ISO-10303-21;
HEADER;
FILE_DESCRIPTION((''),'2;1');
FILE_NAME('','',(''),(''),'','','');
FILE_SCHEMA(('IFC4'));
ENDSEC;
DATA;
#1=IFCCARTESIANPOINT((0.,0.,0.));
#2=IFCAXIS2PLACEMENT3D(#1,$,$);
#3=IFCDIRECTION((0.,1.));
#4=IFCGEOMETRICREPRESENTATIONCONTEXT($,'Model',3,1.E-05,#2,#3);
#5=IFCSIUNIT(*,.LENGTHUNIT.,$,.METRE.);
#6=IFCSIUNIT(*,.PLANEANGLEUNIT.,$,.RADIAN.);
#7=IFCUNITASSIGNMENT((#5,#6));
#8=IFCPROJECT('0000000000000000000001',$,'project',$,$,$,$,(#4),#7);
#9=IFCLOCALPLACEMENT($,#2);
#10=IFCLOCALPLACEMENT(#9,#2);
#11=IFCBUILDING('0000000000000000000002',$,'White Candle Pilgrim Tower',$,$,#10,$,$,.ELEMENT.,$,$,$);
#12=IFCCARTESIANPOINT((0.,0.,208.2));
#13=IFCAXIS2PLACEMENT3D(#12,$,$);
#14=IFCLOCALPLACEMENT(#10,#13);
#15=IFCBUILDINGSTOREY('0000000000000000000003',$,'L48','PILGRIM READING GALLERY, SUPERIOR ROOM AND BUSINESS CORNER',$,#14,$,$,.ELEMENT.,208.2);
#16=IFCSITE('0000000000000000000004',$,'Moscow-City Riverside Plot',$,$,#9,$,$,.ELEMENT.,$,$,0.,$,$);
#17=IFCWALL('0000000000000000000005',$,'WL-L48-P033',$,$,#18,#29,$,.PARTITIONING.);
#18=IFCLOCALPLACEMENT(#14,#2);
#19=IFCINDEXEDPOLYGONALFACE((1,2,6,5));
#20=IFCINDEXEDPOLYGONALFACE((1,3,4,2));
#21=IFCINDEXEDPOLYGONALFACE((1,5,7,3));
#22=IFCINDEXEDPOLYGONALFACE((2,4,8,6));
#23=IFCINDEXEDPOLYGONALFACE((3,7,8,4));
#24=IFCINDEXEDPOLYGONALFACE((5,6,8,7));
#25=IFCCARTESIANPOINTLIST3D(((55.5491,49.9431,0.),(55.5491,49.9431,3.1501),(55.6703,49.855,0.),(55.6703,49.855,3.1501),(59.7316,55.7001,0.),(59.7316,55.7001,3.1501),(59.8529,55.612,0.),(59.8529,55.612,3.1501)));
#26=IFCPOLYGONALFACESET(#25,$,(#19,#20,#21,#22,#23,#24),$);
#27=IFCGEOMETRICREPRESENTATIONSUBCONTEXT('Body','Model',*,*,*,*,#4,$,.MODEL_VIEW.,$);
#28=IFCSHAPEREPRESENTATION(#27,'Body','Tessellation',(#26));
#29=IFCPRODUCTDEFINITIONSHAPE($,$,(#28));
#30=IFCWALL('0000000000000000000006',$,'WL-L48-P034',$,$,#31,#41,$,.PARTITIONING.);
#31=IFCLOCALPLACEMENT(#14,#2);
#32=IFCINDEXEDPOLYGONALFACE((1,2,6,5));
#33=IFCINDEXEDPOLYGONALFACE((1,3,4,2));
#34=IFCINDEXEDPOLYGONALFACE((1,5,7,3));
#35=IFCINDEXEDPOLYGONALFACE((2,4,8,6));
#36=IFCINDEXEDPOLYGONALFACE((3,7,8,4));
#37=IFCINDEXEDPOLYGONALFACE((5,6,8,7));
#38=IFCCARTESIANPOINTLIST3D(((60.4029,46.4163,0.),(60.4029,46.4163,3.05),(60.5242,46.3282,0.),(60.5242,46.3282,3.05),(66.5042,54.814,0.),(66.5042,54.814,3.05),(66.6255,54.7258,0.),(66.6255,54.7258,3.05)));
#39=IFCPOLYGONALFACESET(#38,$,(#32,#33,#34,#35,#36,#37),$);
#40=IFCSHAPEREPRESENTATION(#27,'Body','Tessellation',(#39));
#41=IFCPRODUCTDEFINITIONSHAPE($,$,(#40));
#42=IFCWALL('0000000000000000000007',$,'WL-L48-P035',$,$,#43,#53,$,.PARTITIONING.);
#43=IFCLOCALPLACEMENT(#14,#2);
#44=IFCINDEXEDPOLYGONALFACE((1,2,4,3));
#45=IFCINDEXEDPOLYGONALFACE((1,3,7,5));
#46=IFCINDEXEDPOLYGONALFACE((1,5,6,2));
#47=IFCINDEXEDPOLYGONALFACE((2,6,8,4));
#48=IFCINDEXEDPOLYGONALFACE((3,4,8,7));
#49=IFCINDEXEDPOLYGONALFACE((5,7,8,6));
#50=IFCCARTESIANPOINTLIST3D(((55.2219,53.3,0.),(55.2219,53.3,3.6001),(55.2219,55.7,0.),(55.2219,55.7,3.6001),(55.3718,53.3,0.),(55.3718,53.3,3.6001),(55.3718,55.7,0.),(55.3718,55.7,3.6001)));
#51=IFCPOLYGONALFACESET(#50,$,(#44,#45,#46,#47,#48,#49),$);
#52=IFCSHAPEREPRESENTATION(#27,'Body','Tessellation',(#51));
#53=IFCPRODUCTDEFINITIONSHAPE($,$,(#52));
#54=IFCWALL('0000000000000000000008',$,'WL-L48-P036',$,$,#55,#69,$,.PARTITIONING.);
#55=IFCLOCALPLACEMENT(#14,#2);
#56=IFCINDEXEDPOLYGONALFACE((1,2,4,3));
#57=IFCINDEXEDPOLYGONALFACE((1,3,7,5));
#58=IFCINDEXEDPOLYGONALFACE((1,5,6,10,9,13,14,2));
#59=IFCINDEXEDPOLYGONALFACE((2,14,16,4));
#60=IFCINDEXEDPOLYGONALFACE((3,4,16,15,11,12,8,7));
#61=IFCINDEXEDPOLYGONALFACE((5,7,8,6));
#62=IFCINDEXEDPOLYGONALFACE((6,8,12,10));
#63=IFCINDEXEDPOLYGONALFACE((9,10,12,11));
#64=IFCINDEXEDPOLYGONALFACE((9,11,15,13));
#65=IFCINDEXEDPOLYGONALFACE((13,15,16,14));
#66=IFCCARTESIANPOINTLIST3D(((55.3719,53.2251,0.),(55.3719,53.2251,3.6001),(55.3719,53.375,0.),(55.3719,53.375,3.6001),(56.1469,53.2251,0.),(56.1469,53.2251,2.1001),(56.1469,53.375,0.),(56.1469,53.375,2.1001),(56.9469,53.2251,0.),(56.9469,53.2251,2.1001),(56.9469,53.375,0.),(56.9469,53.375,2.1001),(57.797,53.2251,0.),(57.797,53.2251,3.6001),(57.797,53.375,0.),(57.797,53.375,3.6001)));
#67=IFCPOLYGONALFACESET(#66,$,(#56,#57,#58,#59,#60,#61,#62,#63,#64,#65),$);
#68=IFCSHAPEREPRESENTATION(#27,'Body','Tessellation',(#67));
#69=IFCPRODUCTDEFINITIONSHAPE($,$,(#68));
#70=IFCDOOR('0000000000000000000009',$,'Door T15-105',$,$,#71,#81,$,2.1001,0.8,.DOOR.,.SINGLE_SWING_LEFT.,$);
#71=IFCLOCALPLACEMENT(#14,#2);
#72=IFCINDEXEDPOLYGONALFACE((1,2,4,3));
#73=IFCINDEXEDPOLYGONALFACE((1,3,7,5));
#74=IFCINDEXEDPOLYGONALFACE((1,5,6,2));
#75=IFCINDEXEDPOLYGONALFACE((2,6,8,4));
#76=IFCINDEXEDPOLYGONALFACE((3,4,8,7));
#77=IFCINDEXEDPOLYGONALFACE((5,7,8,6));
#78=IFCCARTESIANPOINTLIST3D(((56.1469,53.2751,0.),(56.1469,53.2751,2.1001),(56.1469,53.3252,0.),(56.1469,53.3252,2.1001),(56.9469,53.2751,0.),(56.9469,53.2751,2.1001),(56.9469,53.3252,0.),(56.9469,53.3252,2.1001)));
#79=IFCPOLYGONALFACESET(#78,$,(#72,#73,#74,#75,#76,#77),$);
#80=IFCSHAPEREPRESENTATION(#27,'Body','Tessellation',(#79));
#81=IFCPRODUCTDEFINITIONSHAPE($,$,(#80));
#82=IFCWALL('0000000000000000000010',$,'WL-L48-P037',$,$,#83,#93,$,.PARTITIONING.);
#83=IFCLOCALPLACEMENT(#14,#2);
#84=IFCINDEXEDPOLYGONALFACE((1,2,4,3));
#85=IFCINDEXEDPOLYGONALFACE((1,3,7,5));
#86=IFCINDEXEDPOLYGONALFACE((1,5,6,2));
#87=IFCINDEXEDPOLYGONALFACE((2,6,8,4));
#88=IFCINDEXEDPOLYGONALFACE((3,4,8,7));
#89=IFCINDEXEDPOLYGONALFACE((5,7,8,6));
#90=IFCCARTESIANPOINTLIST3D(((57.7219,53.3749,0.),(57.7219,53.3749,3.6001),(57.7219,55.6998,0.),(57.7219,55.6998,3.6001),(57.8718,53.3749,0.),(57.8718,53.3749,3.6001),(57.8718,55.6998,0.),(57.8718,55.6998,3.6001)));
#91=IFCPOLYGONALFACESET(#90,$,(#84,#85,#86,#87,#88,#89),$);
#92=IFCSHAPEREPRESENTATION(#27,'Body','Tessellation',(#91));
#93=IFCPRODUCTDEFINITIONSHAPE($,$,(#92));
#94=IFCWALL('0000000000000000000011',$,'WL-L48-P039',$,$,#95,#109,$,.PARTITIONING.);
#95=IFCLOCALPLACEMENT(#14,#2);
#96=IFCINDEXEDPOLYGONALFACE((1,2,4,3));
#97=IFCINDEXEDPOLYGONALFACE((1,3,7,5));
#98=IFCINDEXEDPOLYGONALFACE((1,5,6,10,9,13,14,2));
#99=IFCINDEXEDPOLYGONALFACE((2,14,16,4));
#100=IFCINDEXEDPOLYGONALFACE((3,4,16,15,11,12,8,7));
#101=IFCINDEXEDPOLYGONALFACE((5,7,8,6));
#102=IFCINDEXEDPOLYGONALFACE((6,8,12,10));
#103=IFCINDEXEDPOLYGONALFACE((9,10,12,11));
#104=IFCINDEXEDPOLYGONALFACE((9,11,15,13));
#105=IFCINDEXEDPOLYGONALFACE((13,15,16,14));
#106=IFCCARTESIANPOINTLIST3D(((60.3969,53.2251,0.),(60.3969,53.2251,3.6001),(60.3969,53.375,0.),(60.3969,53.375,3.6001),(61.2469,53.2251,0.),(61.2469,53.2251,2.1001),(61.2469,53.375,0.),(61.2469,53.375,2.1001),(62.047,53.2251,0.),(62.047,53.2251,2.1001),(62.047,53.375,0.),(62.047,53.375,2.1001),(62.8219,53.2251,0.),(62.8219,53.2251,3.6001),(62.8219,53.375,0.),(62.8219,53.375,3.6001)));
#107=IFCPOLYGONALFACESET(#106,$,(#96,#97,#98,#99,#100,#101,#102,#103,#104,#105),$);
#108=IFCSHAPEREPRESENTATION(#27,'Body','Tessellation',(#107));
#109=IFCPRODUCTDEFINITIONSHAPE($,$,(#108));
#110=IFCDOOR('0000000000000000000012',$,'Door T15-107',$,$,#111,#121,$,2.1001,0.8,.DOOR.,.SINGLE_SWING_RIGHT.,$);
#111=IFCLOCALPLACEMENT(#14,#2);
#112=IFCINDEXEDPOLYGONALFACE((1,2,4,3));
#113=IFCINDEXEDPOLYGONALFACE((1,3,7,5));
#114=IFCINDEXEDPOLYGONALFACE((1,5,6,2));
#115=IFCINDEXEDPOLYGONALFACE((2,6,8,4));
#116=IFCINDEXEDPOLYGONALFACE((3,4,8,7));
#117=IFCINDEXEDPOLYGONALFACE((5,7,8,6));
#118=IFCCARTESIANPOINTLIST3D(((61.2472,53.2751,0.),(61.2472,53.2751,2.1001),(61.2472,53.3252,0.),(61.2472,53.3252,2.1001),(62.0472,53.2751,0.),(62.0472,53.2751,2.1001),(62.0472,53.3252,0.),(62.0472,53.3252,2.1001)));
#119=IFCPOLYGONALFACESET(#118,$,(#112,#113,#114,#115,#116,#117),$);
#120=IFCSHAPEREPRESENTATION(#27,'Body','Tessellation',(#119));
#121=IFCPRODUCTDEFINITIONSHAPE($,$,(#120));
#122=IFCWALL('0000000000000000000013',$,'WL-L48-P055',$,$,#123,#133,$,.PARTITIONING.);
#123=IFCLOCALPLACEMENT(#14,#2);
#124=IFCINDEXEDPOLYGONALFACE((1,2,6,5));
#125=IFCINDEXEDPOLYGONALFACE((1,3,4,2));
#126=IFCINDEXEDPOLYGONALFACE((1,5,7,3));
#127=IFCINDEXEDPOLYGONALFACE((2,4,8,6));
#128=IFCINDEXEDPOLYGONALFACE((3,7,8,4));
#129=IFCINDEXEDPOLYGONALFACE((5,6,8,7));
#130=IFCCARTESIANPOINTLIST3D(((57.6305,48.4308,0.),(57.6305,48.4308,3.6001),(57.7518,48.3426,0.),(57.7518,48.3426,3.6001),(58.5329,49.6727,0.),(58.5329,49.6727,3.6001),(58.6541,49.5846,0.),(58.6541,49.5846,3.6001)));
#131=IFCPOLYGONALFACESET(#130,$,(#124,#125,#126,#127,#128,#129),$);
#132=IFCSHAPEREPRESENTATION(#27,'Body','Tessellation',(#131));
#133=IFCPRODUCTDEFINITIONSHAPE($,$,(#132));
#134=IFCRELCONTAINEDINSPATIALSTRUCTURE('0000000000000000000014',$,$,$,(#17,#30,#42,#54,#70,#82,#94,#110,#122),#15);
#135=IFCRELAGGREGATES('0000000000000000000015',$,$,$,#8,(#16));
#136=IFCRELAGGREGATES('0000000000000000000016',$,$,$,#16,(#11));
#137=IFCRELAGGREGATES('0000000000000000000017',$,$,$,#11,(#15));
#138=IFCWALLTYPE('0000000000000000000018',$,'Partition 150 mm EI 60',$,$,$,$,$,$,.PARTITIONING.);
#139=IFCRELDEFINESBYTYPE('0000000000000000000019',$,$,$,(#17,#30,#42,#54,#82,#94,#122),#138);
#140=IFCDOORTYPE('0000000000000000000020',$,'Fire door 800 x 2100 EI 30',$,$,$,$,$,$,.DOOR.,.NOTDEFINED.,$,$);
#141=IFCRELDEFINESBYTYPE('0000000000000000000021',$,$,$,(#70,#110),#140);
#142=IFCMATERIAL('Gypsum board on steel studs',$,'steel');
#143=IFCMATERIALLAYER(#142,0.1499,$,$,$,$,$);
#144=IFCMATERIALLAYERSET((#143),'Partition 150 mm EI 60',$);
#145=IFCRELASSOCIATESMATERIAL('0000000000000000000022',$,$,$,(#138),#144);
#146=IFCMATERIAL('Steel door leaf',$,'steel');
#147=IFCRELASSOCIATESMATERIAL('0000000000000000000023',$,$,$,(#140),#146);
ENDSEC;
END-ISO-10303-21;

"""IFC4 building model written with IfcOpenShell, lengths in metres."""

from ifc_helpers import new_model, si_unit, direction, frame, frame_2d, origin, place, context, subcontext, project, spatial, rectangle, extrude, material, layer, layer_set, type_object, element, fill, save


model = new_model("IFC4")

# Units and contexts
model_context = context("Model", 3, precision=1e-05, world=origin(), true_north=direction((0.0, 1.0)))
body_context = subcontext(model_context, "Body", "Model", "MODEL_VIEW")
ifc_project = project(units=[si_unit("LENGTHUNIT", "METRE"), si_unit("PLANEANGLEUNIT", "RADIAN")], contexts=[model_context])

# Site, building, storey
site_placement = place(None, origin())
site = spatial("IfcSite", under=ifc_project, at=site_placement, Name="Moscow-City Riverside Plot", CompositionType="ELEMENT", RefElevation=0.0)
building_placement = place(site_placement, origin())
building = spatial("IfcBuilding", under=site, at=building_placement, Name="White Candle Pilgrim Tower", CompositionType="ELEMENT")
storey_placement = place(building_placement, frame((0.0, 0.0, 208.2)))
storey = spatial("IfcBuildingStorey", under=building, at=storey_placement, Name="L48", Description="PILGRIM READING GALLERY, SUPERIOR ROOM AND BUSINESS CORNER", CompositionType="ELEMENT", Elevation=208.2)

# Walls
ifc_material_1 = material(Name="Gypsum board on steel studs", Category="steel")
ifc_layer_1 = layer(ifc_material_1, 0.1499)
ifc_layer_set_1 = layer_set([ifc_layer_1], Name="Partition 150 mm EI 60")
wall_type = type_object("IfcWallType", Name="Partition 150 mm EI 60", PredefinedType="PARTITIONING", material=ifc_layer_set_1)
wall_1_placement = place(storey_placement, frame((55.6096, 49.8989, 0.0), z_axis=(0.0, 0.0, 1.0), x_axis=(0.587772, 0.809027, 0.0)))
element("IfcWall", 1, at=wall_1_placement, inside=storey, type_object=wall_type, Name="WL-L48-P033", PredefinedType="PARTITIONING", context=body_context, shape_type="SweptSolid", body=[
    extrude(rectangle(XDim=7.116, YDim=0.1499, at=frame_2d((3.5581, 0.0))), origin(), (0.0, 0.0, 1.0), 3.1501),
])
wall_2_placement = place(storey_placement, frame((60.4636, 46.3723, 0.0), z_axis=(0.0, 0.0, 1.0), x_axis=(0.587787, 0.809016, 0.0)))
element("IfcWall", 2, at=wall_2_placement, inside=storey, type_object=wall_type, Name="WL-L48-P034", PredefinedType="PARTITIONING", context=body_context, shape_type="SweptSolid", body=[
    extrude(rectangle(XDim=10.3801, YDim=0.1499, at=frame_2d((5.1899, 0.0))), origin(), (0.0, 0.0, 1.0), 3.05),
])
wall_3_placement = place(storey_placement, frame((55.2969, 55.7, 0.0), z_axis=(0.0, 0.0, 1.0), x_axis=(0.0, -1.0, 0.0)))
element("IfcWall", 3, at=wall_3_placement, inside=storey, type_object=wall_type, Name="WL-L48-P035", PredefinedType="PARTITIONING", context=body_context, shape_type="SweptSolid", body=[
    extrude(rectangle(XDim=2.3999, YDim=0.1499, at=frame_2d((1.2, 0.0))), origin(), (0.0, 0.0, 1.0), 3.6001),
])

# Wall, opening, door
wall_4_placement = place(storey_placement, frame((57.7969, 53.3, 0.0), z_axis=(0.0, 0.0, 1.0), x_axis=(-1.0, 0.0, 0.0)))
wall_4 = element("IfcWall", 4, at=wall_4_placement, inside=storey, type_object=wall_type, Name="WL-L48-P036", PredefinedType="PARTITIONING", context=body_context, shape_type="SweptSolid", body=[
    extrude(rectangle(XDim=2.425, YDim=0.1499, at=frame_2d((1.2124, 0.0))), origin(), (0.0, 0.0, 1.0), 3.6001),
])
opening_1_placement = place(wall_4_placement, frame((0.8501, 0.0, 0.0)))
opening_1 = element("IfcOpeningElement", 5, at=opening_1_placement, cuts=wall_4, PredefinedType="OPENING", context=body_context, shape_type="SweptSolid", body=[
    extrude(rectangle(XDim=0.8, YDim=2.1001, at=frame_2d((0.3999, 1.05))), frame((0.0, 0.085, 0.0), z_axis=(0.0, -1.0, 0.0), x_axis=(1.0, 0.0, 0.0)), (0.0, 0.0, 1.0), 0.1699),
])
ifc_material_2 = material(Name="Steel door leaf", Category="steel")
door_type = type_object("IfcDoorType", Name="Fire door 800 x 2100 EI 30", OperationType="NOTDEFINED", PredefinedType="DOOR", material=ifc_material_2)
door_1_placement = place(opening_1_placement, origin())
door_1 = element("IfcDoor", 6, at=door_1_placement, inside=storey, type_object=door_type, Name="Door T15-105", OperationType="SINGLE_SWING_LEFT", OverallHeight=2.1001, OverallWidth=0.8, PredefinedType="DOOR", context=body_context, shape_type="SweptSolid", body=[
    extrude(rectangle(XDim=0.8, YDim=2.1001, at=frame_2d((0.3999, 1.05))), frame((0.0, 0.0249, 0.0), z_axis=(0.0, -1.0, 0.0), x_axis=(1.0, 0.0, 0.0)), (0.0, 0.0, 1.0), 0.05),
])
fill(opening_1, door_1)

# Wall
wall_5_placement = place(storey_placement, frame((57.7969, 55.7, 0.0), z_axis=(0.0, 0.0, 1.0), x_axis=(0.0, -1.0, 0.0)))
element("IfcWall", 7, at=wall_5_placement, inside=storey, type_object=wall_type, Name="WL-L48-P037", PredefinedType="PARTITIONING", context=body_context, shape_type="SweptSolid", body=[
    extrude(rectangle(XDim=2.325, YDim=0.1499, at=frame_2d((1.1626, 0.0))), origin(), (0.0, 0.0, 1.0), 3.6001),
])

# Wall, opening, door
wall_6_placement = place(storey_placement, frame((60.397, 53.3, 0.0), z_axis=(0.0, 0.0, 1.0), x_axis=(1.0, 0.0, 0.0)))
wall_6 = element("IfcWall", 8, at=wall_6_placement, inside=storey, type_object=wall_type, Name="WL-L48-P039", PredefinedType="PARTITIONING", context=body_context, shape_type="SweptSolid", body=[
    extrude(rectangle(XDim=2.425, YDim=0.1499, at=frame_2d((1.2124, 0.0))), origin(), (0.0, 0.0, 1.0), 3.6001),
])
opening_2_placement = place(wall_6_placement, frame((0.8501, 0.0, 0.0)))
opening_2 = element("IfcOpeningElement", 9, at=opening_2_placement, cuts=wall_6, PredefinedType="OPENING", context=body_context, shape_type="SweptSolid", body=[
    extrude(rectangle(XDim=0.8, YDim=2.1001, at=frame_2d((0.3999, 1.05))), frame((0.0, 0.085, 0.0), z_axis=(0.0, -1.0, 0.0), x_axis=(1.0, 0.0, 0.0)), (0.0, 0.0, 1.0), 0.1699),
])
door_2_placement = place(opening_2_placement, frame((0.8, 0.0, 0.0), z_axis=(0.0, 0.0, 1.0), x_axis=(-1.0, 0.0, 0.0)))
door_2 = element("IfcDoor", 10, at=door_2_placement, inside=storey, type_object=door_type, Name="Door T15-107", OperationType="SINGLE_SWING_RIGHT", OverallHeight=2.1001, OverallWidth=0.8, PredefinedType="DOOR", context=body_context, shape_type="SweptSolid", body=[
    extrude(rectangle(XDim=0.8, YDim=2.1001, at=frame_2d((0.3999, 1.05))), frame((0.0, 0.0249, 0.0), z_axis=(0.0, -1.0, 0.0), x_axis=(1.0, 0.0, 0.0)), (0.0, 0.0, 1.0), 0.05),
])
fill(opening_2, door_2)

# Wall
wall_7_placement = place(storey_placement, frame((58.5935, 49.6287, 0.0), z_axis=(0.0, 0.0, 1.0), x_axis=(-0.587793, -0.809011, 0.0)))
element("IfcWall", 11, at=wall_7_placement, inside=storey, type_object=wall_type, Name="WL-L48-P055", PredefinedType="PARTITIONING", context=body_context, shape_type="SweptSolid", body=[
    extrude(rectangle(XDim=1.5352, YDim=0.1499, at=frame_2d((0.7676, 0.0))), origin(), (0.0, 0.0, 1.0), 3.6001),
])

save(model, "model.ifc")
